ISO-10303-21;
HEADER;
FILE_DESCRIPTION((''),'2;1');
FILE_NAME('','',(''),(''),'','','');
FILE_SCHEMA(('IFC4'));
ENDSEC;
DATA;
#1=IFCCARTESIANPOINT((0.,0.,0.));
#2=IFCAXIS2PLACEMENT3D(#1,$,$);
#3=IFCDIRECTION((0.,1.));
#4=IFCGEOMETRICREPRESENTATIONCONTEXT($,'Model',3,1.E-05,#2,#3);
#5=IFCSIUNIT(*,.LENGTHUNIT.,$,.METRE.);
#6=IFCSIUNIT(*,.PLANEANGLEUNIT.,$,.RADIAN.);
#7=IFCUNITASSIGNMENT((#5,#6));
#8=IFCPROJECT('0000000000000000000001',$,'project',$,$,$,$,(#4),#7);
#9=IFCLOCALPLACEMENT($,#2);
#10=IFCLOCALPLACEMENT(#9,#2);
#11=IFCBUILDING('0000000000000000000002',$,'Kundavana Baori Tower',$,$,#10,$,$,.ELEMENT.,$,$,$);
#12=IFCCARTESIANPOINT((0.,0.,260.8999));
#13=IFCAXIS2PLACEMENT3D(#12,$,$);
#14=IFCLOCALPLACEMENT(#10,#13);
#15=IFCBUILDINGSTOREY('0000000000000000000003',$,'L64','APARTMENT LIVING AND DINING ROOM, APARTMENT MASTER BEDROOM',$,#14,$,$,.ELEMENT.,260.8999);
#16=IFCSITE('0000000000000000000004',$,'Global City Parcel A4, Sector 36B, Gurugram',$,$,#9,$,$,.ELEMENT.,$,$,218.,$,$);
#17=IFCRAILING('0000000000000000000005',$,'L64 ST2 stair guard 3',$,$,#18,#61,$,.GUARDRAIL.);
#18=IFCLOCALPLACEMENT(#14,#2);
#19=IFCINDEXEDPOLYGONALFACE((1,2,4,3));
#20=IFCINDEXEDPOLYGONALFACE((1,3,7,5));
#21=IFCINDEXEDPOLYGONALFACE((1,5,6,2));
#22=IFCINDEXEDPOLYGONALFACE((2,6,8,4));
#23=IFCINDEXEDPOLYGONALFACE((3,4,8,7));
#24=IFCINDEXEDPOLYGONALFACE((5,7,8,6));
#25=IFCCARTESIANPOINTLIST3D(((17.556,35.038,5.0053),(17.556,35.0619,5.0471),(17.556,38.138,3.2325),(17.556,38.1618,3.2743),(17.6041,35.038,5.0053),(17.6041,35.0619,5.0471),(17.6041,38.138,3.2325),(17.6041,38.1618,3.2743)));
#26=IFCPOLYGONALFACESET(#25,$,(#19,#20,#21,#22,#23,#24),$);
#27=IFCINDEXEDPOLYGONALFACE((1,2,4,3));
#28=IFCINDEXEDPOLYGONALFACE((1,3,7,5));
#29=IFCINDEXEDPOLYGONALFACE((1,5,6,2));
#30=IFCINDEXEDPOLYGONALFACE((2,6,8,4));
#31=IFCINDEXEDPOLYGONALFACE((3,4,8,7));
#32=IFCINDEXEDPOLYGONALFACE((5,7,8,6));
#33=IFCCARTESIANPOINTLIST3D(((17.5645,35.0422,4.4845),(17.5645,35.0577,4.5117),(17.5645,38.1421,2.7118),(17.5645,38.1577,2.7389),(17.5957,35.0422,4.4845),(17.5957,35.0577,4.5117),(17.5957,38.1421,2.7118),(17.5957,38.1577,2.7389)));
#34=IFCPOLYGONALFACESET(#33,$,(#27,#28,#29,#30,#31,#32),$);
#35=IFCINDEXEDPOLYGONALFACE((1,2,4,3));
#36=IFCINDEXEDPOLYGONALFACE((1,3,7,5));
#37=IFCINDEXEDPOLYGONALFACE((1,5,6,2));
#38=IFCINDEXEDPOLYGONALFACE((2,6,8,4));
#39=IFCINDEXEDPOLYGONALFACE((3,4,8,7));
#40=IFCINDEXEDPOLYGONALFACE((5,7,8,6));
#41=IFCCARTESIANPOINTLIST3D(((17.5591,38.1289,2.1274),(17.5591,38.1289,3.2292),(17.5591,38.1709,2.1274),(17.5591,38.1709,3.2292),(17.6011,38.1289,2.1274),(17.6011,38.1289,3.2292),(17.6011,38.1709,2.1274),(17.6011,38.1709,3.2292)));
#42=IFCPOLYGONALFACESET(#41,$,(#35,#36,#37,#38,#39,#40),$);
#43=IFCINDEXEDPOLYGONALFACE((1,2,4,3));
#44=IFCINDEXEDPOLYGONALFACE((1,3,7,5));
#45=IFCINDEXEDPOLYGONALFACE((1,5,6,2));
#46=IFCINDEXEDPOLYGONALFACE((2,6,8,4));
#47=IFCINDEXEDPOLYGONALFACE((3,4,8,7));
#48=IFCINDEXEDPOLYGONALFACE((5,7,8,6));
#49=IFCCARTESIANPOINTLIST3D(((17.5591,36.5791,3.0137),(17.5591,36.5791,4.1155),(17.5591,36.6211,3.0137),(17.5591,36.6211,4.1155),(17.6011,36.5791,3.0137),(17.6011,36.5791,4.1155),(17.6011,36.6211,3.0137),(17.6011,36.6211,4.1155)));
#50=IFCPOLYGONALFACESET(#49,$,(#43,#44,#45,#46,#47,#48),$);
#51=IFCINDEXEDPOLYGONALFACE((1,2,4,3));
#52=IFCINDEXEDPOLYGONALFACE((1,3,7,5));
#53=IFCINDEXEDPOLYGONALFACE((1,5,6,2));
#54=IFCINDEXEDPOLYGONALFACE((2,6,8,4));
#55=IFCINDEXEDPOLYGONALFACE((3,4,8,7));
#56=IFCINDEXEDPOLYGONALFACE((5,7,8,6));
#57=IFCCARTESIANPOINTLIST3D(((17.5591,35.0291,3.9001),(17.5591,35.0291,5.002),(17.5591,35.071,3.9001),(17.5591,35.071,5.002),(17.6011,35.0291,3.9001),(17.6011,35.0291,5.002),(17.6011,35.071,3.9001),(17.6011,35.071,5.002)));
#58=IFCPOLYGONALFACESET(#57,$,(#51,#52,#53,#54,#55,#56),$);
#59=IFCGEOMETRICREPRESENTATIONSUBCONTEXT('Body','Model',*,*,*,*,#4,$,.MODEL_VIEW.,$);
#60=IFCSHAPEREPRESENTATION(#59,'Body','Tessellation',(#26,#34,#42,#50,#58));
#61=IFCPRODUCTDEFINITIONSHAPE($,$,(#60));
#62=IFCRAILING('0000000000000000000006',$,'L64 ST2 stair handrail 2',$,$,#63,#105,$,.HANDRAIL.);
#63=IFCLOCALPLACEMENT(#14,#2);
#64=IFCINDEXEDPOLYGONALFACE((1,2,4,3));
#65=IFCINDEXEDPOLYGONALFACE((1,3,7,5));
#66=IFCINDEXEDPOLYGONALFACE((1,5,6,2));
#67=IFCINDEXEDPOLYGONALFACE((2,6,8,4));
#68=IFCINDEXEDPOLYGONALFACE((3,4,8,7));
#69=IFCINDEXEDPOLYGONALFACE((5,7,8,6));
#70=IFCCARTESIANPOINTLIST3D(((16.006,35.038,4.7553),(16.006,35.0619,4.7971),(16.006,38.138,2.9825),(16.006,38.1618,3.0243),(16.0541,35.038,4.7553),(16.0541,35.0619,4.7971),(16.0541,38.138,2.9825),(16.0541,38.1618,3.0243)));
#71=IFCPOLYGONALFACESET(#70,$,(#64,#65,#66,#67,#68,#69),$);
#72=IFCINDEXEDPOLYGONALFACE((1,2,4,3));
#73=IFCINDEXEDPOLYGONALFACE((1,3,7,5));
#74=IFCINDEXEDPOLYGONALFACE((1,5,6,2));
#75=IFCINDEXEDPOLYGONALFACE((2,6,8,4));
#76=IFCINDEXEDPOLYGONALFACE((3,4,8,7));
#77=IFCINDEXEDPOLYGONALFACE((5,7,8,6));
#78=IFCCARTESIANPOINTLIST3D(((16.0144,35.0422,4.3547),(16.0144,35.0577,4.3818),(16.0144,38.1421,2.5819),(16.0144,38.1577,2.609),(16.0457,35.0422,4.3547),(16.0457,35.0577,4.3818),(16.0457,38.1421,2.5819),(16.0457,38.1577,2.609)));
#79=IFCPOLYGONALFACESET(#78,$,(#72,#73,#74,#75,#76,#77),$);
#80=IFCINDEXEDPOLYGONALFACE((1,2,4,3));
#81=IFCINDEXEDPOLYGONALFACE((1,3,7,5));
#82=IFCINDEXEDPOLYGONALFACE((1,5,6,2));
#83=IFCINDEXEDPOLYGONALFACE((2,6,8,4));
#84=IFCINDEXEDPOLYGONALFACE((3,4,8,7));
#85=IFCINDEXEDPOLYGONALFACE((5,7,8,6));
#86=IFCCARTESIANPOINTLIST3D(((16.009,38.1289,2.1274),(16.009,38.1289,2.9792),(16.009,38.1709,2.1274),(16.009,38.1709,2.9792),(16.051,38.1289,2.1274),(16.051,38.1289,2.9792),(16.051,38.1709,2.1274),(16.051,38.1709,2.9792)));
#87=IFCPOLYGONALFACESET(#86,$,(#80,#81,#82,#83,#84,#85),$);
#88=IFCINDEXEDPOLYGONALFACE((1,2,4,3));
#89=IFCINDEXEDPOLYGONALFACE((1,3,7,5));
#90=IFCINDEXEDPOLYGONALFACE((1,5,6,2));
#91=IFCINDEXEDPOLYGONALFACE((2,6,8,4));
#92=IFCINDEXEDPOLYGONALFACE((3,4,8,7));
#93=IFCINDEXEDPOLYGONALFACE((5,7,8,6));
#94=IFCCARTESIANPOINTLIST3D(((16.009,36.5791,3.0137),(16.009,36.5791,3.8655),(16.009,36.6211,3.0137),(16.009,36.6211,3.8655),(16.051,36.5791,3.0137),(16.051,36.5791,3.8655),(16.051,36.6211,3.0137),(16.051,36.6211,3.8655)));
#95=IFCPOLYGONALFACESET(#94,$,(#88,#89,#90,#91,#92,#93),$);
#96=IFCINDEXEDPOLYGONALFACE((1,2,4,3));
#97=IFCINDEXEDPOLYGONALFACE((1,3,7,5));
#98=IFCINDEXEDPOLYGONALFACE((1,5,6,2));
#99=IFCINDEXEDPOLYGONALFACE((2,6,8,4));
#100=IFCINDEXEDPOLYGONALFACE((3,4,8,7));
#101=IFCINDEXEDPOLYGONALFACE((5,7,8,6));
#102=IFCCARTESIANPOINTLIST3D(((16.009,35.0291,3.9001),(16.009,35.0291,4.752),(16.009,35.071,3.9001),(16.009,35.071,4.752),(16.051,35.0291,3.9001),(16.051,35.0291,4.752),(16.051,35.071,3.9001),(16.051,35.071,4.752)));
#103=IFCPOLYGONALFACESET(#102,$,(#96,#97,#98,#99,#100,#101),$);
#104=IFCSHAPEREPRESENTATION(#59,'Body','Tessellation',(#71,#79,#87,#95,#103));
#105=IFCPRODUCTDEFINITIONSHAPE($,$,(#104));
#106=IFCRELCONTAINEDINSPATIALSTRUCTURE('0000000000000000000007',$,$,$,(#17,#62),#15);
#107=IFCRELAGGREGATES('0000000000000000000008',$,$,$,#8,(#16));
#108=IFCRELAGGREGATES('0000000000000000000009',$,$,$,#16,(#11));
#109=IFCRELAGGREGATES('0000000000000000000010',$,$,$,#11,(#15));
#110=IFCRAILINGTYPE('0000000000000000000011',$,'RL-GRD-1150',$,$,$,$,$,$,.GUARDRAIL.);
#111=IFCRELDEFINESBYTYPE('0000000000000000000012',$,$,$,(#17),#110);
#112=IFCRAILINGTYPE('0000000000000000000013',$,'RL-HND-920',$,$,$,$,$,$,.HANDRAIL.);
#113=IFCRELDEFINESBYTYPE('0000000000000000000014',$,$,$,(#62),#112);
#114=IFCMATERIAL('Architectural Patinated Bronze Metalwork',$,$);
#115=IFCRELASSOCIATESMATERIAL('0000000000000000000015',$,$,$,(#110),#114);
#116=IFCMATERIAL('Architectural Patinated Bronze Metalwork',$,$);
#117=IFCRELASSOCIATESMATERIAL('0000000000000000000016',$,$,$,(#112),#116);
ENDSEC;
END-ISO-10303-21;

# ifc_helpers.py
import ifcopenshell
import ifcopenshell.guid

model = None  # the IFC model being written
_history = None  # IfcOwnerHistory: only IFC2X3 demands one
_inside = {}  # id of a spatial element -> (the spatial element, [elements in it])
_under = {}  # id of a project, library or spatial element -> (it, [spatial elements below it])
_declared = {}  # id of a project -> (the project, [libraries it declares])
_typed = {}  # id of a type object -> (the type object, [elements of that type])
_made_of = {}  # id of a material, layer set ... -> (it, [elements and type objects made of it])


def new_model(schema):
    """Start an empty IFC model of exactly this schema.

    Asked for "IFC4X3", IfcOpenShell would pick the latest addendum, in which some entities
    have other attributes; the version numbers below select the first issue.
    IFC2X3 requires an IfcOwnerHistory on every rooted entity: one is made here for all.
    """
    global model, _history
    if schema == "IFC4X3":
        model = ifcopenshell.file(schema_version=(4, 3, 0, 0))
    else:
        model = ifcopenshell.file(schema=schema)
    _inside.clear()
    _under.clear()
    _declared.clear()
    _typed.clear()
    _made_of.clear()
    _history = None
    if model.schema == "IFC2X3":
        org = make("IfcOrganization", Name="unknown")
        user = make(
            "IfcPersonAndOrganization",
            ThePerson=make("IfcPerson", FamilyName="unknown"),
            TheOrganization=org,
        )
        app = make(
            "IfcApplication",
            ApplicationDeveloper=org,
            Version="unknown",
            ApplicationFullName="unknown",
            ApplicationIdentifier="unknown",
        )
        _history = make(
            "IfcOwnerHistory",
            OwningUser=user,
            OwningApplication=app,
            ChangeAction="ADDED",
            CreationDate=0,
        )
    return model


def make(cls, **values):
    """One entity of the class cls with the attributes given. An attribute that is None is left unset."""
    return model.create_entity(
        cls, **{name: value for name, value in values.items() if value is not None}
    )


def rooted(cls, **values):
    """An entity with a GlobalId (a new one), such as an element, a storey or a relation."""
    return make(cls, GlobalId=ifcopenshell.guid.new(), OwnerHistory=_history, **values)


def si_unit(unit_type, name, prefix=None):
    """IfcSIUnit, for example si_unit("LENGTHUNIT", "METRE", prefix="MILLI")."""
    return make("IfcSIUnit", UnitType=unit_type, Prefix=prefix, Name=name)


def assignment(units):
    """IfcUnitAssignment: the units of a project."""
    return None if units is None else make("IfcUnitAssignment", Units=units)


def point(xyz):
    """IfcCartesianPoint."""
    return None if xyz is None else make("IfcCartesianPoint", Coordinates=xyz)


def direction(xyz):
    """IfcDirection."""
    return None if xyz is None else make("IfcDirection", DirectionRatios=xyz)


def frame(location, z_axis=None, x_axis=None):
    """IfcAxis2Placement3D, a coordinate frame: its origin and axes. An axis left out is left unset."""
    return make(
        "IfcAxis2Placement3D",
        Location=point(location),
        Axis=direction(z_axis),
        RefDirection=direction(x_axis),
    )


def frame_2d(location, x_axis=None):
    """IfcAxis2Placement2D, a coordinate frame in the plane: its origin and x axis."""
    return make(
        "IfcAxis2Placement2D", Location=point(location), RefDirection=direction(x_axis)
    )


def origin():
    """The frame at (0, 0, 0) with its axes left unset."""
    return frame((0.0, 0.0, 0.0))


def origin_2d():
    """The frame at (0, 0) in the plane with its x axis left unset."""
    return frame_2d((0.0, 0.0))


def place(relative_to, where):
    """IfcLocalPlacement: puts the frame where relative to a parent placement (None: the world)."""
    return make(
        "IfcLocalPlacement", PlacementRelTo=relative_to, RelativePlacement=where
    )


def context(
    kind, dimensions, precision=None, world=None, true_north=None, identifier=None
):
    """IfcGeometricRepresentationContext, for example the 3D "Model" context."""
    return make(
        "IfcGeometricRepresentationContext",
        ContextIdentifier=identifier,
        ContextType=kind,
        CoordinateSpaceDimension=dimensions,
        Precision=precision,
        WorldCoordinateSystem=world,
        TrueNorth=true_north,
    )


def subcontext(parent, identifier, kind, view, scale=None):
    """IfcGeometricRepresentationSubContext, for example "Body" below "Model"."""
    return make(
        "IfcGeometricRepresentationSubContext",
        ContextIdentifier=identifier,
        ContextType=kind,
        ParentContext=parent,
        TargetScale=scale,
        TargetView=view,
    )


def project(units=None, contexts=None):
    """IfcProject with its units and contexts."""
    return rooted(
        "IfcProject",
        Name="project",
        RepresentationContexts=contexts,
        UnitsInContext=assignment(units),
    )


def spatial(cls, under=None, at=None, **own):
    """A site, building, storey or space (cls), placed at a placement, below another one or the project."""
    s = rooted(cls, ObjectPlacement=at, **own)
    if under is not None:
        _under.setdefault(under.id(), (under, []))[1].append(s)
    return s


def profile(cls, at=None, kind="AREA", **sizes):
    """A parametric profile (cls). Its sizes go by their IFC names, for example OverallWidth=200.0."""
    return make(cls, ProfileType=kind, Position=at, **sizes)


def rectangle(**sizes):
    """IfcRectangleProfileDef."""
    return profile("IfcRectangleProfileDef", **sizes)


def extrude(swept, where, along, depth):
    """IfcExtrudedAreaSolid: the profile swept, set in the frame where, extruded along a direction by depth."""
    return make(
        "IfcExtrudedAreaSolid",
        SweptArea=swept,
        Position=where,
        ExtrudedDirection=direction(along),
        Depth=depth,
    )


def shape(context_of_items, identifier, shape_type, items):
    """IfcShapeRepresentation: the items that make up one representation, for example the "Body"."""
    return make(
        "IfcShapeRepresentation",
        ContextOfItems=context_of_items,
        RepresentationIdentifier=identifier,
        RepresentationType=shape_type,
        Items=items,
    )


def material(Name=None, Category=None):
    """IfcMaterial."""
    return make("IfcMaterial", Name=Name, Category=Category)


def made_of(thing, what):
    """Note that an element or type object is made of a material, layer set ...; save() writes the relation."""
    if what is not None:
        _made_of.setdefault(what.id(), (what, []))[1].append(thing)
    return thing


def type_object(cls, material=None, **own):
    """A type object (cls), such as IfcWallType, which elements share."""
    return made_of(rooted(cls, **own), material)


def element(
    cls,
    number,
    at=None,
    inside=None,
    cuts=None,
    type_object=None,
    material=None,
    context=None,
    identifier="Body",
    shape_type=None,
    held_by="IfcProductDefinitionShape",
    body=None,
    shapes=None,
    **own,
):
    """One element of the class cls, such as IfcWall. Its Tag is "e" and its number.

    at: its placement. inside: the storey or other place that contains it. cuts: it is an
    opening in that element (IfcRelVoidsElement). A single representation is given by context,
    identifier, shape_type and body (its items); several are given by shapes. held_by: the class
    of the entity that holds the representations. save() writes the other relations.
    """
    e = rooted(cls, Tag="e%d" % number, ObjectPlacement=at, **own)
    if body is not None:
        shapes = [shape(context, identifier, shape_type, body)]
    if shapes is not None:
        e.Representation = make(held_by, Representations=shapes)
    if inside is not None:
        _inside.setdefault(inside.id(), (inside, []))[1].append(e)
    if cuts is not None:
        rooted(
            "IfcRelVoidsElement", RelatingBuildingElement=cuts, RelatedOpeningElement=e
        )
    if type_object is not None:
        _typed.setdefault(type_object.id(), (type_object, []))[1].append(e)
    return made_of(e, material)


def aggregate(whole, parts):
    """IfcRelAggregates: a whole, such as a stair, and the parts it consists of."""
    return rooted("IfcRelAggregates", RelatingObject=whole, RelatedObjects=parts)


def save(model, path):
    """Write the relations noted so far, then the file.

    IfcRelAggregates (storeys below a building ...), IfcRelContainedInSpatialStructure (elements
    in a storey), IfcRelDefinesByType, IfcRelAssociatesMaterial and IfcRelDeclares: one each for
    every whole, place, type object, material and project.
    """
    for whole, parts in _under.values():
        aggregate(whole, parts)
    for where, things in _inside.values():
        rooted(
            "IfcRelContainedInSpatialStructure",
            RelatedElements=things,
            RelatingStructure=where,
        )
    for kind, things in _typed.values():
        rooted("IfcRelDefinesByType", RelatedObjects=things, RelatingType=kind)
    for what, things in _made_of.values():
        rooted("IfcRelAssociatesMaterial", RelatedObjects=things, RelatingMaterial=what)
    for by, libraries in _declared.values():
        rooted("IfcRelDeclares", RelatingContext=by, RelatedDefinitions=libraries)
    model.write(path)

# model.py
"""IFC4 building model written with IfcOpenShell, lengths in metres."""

from ifc_helpers import new_model, si_unit, direction, frame, origin, origin_2d, place, context, subcontext, project, spatial, rectangle, extrude, material, type_object, element, save


model = new_model("IFC4")

# Units and contexts
model_context = context("Model", 3, precision=1e-05, world=origin(), true_north=direction((0.0, 1.0)))
body_context = subcontext(model_context, "Body", "Model", "MODEL_VIEW")
ifc_project = project(units=[si_unit("LENGTHUNIT", "METRE"), si_unit("PLANEANGLEUNIT", "RADIAN")], contexts=[model_context])

# Site, building, storey
site_placement = place(None, origin())
site = spatial("IfcSite", under=ifc_project, at=site_placement, Name="Global City Parcel A4, Sector 36B, Gurugram", CompositionType="ELEMENT", RefElevation=218.0)
building_placement = place(site_placement, origin())
building = spatial("IfcBuilding", under=site, at=building_placement, Name="Kundavana Baori Tower", CompositionType="ELEMENT")
storey_placement = place(building_placement, frame((0.0, 0.0, 260.8999)))
storey = spatial("IfcBuildingStorey", under=building, at=storey_placement, Name="L64", Description="APARTMENT LIVING AND DINING ROOM, APARTMENT MASTER BEDROOM", CompositionType="ELEMENT", Elevation=260.8999)

# Railings
ifc_material_1 = material(Name="Architectural Patinated Bronze Metalwork")
railing_type_1 = type_object("IfcRailingType", Name="RL-GRD-1150", PredefinedType="GUARDRAIL", material=ifc_material_1)
railing_1_placement = place(storey_placement, frame((17.5801, 38.1499, 2.1274)))
element("IfcRailing", 1, at=railing_1_placement, inside=storey, type_object=railing_type_1, Name="L64 ST2 stair guard 3", PredefinedType="GUARDRAIL", context=body_context, shape_type="SweptSolid", body=[
    extrude(rectangle(XDim=0.0481, YDim=0.0481, at=origin_2d()), frame((0.0, 0.0, 1.126), z_axis=(0.0, -0.868079, 0.496426), x_axis=(1.0, 0.0, 0.0)), (0.0, 0.0, 1.0), 3.571),
    extrude(rectangle(XDim=0.0312, YDim=0.0312, at=origin_2d()), frame((0.0, 0.0, 0.5979), z_axis=(0.0, -0.868079, 0.496426), x_axis=(1.0, 0.0, 0.0)), (0.0, 0.0, 1.0), 3.571),
    extrude(rectangle(XDim=0.042, YDim=0.042, at=origin_2d()), origin(), (0.0, 0.0, 1.0), 1.1018),
    extrude(rectangle(XDim=0.042, YDim=0.042, at=origin_2d()), frame((0.0, -1.5498, 0.8862)), (0.0, 0.0, 1.0), 1.1018),
    extrude(rectangle(XDim=0.042, YDim=0.042, at=origin_2d()), frame((0.0, -3.0999, 1.7727)), (0.0, 0.0, 1.0), 1.1018),
])
ifc_material_2 = material(Name="Architectural Patinated Bronze Metalwork")
railing_type_2 = type_object("IfcRailingType", Name="RL-HND-920", PredefinedType="HANDRAIL", material=ifc_material_2)
railing_2_placement = place(storey_placement, frame((16.03, 38.1499, 2.1274)))
element("IfcRailing", 2, at=railing_2_placement, inside=storey, type_object=railing_type_2, Name="L64 ST2 stair handrail 2", PredefinedType="HANDRAIL", context=body_context, shape_type="SweptSolid", body=[
    extrude(rectangle(XDim=0.0481, YDim=0.0481, at=origin_2d()), frame((0.0, 0.0, 0.876), z_axis=(0.0, -0.868079, 0.496426), x_axis=(1.0, 0.0, 0.0)), (0.0, 0.0, 1.0), 3.571),
    extrude(rectangle(XDim=0.0312, YDim=0.0312, at=origin_2d()), frame((0.0, 0.0, 0.468), z_axis=(0.0, -0.868079, 0.496426), x_axis=(1.0, 0.0, 0.0)), (0.0, 0.0, 1.0), 3.571),
    extrude(rectangle(XDim=0.042, YDim=0.042, at=origin_2d()), origin(), (0.0, 0.0, 1.0), 0.8518),
    extrude(rectangle(XDim=0.042, YDim=0.042, at=origin_2d()), frame((0.0, -1.5498, 0.8862)), (0.0, 0.0, 1.0), 0.8518),
    extrude(rectangle(XDim=0.042, YDim=0.042, at=origin_2d()), frame((0.0, -3.0999, 1.7727)), (0.0, 0.0, 1.0), 0.8518),
])

save(model, "model.ifc")
